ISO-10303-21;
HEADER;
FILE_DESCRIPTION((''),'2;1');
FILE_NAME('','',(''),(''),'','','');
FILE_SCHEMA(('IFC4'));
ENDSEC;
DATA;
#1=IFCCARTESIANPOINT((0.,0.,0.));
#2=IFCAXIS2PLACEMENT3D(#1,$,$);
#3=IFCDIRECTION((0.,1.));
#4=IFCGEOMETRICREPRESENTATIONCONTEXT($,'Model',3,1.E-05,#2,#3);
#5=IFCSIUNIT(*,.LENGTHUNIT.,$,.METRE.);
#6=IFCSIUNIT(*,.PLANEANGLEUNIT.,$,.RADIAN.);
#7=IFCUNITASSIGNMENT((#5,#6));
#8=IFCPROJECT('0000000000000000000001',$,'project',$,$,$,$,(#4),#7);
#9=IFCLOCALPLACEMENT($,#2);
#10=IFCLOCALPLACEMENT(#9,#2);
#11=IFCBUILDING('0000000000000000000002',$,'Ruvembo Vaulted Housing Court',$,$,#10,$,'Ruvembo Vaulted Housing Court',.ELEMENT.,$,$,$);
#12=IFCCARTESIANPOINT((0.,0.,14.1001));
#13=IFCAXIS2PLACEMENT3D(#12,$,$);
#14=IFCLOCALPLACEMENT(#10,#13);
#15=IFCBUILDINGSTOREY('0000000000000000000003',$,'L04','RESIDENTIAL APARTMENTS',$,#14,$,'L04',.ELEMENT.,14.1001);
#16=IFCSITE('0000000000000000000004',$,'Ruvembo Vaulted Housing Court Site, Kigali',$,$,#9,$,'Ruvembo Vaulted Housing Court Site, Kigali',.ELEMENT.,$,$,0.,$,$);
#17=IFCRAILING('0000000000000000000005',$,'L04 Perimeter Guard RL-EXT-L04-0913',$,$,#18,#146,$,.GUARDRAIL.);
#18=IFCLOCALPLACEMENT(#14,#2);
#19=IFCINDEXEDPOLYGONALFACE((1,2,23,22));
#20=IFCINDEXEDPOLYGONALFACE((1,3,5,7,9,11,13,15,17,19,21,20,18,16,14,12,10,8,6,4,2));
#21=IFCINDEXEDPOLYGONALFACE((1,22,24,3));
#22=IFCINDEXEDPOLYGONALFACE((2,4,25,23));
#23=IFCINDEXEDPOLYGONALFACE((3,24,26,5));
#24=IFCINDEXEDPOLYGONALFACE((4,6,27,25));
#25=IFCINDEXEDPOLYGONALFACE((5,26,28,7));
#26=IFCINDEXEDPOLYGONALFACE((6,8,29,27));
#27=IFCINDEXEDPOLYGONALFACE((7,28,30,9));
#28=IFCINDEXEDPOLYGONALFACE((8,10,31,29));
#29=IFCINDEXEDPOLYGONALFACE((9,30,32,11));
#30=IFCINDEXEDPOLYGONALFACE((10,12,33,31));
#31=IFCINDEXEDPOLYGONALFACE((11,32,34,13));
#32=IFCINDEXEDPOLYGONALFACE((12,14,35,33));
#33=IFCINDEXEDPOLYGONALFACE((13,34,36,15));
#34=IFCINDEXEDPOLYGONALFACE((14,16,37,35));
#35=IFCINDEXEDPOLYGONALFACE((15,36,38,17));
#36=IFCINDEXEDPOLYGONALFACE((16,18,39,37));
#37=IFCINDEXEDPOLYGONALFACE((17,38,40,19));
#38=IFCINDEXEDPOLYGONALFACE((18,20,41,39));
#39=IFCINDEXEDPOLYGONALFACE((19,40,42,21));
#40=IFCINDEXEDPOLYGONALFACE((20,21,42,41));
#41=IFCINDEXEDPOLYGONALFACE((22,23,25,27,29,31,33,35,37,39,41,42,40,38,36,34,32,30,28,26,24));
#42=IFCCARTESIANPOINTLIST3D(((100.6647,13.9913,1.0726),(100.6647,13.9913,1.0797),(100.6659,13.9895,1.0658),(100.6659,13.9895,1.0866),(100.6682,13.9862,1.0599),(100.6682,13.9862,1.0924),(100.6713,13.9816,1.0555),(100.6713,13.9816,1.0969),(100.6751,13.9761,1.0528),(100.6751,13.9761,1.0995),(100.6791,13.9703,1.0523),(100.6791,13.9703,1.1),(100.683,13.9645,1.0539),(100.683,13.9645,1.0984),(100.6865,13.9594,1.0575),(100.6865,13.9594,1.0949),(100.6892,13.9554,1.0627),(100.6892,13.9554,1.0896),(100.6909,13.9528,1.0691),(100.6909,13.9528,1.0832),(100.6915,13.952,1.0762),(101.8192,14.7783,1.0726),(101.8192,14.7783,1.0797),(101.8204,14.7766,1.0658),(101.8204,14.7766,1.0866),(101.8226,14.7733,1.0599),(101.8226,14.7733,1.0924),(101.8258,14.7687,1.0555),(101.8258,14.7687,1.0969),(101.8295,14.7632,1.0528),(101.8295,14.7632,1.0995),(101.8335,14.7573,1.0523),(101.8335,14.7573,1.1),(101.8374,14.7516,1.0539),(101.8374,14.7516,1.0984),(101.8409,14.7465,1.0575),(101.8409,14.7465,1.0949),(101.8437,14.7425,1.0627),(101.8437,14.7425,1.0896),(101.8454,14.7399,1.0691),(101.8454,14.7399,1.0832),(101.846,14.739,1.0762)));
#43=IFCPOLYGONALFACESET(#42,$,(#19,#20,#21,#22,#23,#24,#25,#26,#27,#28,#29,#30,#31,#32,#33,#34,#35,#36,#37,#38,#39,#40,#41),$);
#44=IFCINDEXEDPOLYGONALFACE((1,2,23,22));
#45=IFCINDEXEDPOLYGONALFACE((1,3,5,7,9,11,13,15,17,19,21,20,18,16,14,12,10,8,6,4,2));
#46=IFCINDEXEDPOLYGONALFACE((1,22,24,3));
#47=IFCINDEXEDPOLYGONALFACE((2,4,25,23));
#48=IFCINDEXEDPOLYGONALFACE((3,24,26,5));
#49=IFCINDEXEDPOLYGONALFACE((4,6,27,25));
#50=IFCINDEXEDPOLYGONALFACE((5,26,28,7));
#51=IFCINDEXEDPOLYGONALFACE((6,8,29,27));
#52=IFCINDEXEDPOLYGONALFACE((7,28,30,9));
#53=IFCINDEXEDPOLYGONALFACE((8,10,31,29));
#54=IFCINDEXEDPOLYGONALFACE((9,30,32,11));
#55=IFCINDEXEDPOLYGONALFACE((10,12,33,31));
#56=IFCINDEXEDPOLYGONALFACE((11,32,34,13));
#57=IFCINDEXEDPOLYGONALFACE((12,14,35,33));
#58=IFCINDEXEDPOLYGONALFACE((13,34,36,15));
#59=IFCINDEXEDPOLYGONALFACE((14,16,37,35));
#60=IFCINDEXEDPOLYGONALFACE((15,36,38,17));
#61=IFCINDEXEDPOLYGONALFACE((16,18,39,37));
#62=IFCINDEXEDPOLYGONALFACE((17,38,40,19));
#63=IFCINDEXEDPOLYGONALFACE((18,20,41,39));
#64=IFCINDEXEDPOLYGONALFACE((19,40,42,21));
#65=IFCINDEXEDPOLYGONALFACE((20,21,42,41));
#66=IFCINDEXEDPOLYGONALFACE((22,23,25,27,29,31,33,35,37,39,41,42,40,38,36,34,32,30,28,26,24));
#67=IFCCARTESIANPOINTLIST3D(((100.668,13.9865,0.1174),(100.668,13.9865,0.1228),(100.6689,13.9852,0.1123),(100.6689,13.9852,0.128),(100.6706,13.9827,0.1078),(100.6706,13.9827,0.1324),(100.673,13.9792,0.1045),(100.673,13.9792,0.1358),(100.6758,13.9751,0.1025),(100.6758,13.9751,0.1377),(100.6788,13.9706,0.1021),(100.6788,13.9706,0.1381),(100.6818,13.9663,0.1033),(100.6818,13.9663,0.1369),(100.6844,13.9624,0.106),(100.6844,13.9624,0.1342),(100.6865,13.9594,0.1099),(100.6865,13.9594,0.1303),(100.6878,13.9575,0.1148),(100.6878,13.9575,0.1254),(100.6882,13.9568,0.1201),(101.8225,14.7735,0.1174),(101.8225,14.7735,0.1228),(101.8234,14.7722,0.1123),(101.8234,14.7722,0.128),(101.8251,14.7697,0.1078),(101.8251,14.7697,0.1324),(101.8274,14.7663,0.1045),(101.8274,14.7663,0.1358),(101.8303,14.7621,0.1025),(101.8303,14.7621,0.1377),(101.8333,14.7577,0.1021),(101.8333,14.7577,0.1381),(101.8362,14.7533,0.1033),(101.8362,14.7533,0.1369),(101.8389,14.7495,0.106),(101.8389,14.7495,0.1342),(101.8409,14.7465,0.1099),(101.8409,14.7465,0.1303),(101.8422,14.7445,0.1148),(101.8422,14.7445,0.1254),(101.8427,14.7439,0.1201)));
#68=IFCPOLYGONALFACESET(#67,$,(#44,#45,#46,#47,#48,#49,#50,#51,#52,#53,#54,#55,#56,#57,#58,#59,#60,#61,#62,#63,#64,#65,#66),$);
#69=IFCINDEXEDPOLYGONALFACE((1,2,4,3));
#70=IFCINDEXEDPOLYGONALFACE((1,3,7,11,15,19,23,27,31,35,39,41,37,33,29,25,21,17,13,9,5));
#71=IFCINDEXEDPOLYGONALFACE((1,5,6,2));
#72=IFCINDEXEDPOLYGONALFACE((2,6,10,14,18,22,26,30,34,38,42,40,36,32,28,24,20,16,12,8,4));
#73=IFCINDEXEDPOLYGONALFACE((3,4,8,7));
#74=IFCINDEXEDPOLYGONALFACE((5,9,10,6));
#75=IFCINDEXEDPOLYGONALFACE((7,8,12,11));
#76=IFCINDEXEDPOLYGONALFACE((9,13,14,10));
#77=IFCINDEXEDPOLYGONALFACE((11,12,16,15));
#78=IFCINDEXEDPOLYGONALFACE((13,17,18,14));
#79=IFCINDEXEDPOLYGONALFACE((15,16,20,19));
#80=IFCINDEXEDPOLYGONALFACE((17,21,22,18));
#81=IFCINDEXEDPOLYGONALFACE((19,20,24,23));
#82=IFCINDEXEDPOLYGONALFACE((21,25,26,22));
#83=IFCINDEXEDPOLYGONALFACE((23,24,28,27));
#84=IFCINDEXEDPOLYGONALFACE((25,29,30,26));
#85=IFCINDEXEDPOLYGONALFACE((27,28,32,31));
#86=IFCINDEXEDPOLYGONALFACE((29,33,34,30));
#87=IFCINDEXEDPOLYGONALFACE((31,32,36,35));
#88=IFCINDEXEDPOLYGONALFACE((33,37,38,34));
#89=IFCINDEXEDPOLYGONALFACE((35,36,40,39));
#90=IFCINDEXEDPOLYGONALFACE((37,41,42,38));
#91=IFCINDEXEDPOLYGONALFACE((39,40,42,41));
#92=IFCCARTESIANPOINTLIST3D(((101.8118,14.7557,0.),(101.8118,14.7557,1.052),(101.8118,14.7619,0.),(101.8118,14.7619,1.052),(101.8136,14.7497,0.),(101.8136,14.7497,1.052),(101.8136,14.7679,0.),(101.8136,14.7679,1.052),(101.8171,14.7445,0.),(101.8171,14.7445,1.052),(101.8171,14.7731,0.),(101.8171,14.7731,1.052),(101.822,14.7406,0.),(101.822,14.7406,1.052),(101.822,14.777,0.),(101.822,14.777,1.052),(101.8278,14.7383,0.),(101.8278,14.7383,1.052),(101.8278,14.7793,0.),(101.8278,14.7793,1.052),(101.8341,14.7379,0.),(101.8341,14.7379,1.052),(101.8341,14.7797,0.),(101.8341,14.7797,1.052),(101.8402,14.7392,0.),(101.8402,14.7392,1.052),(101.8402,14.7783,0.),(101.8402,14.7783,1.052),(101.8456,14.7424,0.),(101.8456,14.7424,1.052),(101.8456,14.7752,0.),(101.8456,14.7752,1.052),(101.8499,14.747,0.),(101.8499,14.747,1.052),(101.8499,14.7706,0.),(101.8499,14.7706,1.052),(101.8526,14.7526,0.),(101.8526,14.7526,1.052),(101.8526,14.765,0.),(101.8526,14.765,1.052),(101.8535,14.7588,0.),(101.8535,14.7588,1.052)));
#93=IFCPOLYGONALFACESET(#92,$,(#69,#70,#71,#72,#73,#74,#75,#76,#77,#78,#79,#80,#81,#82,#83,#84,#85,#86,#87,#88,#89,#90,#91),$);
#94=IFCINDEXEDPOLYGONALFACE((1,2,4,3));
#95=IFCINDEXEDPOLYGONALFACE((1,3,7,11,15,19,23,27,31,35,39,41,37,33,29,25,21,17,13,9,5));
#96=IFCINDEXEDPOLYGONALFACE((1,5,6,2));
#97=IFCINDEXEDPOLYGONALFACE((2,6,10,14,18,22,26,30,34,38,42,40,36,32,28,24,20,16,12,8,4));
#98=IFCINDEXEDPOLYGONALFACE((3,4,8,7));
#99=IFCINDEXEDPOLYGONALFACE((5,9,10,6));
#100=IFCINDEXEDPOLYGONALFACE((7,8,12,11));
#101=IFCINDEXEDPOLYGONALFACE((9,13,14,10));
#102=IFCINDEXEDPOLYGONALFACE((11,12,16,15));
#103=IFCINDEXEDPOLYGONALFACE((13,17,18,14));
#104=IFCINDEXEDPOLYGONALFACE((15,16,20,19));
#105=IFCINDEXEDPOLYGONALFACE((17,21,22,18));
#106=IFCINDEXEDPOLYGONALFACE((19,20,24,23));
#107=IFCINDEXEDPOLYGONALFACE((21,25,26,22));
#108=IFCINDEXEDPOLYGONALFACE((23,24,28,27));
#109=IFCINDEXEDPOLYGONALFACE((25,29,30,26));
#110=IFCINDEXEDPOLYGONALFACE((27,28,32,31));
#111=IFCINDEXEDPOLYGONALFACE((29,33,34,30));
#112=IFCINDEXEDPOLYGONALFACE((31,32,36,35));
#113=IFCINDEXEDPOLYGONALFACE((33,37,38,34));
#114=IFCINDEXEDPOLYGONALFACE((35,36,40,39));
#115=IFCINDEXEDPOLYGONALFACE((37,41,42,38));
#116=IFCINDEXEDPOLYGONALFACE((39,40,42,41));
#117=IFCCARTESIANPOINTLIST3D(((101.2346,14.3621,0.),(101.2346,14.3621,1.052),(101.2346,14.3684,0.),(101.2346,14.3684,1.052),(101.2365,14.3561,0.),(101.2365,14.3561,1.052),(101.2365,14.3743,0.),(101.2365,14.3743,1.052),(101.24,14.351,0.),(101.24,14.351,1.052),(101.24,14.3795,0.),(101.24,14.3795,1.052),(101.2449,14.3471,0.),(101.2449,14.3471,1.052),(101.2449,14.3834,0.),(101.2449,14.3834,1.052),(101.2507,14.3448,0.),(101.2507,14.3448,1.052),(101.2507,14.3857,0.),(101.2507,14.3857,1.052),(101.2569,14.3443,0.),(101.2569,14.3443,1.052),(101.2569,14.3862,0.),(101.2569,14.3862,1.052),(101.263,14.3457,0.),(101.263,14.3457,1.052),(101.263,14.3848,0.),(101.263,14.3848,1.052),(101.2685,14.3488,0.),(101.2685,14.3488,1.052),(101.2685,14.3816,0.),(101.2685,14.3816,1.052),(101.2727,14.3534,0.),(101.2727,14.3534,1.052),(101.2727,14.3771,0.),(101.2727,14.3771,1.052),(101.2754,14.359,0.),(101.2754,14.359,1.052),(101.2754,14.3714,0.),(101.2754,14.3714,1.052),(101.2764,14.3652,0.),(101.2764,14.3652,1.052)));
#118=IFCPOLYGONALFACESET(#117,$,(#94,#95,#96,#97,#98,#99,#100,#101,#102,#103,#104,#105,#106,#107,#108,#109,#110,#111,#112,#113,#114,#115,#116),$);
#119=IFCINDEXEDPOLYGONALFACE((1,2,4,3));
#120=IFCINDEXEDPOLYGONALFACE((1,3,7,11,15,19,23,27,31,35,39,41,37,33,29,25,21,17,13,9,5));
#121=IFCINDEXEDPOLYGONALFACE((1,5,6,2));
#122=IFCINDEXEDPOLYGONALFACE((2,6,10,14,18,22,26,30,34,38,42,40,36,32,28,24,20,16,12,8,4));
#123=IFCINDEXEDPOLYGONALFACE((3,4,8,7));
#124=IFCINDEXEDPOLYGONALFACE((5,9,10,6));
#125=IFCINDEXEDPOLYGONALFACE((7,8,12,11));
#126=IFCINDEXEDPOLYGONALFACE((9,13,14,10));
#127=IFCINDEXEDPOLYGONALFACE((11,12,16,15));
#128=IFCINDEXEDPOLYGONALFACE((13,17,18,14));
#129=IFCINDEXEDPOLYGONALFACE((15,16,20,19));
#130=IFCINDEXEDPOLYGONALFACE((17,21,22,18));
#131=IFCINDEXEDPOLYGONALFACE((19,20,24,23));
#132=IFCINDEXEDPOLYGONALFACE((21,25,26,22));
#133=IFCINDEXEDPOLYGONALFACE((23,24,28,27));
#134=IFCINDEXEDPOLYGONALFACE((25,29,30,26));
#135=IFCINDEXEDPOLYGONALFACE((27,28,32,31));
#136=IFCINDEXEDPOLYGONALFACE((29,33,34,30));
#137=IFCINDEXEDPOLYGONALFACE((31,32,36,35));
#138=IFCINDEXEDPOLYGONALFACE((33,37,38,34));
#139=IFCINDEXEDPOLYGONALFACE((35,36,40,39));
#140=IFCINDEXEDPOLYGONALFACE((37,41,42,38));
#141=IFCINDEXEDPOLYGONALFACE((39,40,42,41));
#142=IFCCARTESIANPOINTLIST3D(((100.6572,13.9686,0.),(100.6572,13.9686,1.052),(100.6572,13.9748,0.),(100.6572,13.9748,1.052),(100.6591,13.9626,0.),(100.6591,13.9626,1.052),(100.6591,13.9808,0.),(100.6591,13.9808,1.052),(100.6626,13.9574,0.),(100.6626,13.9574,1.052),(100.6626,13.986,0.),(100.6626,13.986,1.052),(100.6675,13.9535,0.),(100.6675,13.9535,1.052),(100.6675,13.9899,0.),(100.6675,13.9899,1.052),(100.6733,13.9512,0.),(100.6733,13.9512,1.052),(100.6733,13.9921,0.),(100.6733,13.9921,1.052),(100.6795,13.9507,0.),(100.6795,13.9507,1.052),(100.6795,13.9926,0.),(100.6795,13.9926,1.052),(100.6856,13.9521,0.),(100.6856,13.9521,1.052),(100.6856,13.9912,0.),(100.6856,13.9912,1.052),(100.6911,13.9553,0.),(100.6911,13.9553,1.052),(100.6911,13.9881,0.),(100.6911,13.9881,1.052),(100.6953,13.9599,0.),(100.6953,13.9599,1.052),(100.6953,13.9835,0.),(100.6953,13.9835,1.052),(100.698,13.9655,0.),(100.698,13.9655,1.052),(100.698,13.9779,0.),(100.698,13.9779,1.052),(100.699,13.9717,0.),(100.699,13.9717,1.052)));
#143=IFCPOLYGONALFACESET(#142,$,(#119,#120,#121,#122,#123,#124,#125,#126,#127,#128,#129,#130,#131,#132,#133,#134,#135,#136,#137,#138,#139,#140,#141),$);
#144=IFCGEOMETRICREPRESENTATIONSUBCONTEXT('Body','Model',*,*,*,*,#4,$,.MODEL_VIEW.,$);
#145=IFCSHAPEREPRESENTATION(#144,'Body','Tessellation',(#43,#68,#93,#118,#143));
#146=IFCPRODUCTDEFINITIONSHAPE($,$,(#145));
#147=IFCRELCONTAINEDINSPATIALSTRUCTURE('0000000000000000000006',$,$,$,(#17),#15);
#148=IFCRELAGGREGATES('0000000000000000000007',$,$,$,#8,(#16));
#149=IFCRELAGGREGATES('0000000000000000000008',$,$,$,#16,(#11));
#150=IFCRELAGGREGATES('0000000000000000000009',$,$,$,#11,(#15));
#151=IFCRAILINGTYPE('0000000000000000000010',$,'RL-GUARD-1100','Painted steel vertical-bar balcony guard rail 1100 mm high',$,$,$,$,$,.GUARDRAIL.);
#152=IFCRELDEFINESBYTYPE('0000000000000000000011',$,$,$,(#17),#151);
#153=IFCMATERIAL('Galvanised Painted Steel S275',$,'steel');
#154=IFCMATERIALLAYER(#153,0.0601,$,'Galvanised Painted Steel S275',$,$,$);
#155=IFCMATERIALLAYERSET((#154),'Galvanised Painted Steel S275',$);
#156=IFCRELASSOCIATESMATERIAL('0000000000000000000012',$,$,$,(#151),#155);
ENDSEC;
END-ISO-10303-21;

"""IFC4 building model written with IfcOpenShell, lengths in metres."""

from ifc_helpers import new_model, si_unit, direction, frame, origin, origin_2d, place, context, subcontext, project, spatial, circle, extrude, material, layer, layer_set, type_object, element, save


model = new_model("IFC4")

# Units and contexts
model_context = context("Model", 3, precision=1e-05, world=origin(), true_north=direction((0.0, 1.0)))
body_context = subcontext(model_context, "Body", "Model", "MODEL_VIEW")
ifc_project = project(units=[si_unit("LENGTHUNIT", "METRE"), si_unit("PLANEANGLEUNIT", "RADIAN")], contexts=[model_context])

# Site, building, storey
site_placement = place(None, origin())
site = spatial("IfcSite", under=ifc_project, at=site_placement, Name="Ruvembo Vaulted Housing Court Site, Kigali", LongName="Ruvembo Vaulted Housing Court Site, Kigali", CompositionType="ELEMENT", RefElevation=0.0)
building_placement = place(site_placement, origin())
building = spatial("IfcBuilding", under=site, at=building_placement, Name="Ruvembo Vaulted Housing Court", LongName="Ruvembo Vaulted Housing Court", CompositionType="ELEMENT")
storey_placement = place(building_placement, frame((0.0, 0.0, 14.1001)))
storey = spatial("IfcBuildingStorey", under=building, at=storey_placement, Name="L04", Description="RESIDENTIAL APARTMENTS", LongName="L04", CompositionType="ELEMENT", Elevation=14.1001)

# Railing
ifc_material_1 = material(Name="Galvanised Painted Steel S275", Category="steel")
ifc_layer_1 = layer(ifc_material_1, 0.0601, Name="Galvanised Painted Steel S275")
ifc_layer_set_1 = layer_set([ifc_layer_1], Name="Galvanised Painted Steel S275")
railing_type_1 = type_object("IfcRailingType", Name="RL-GUARD-1100", Description="Painted steel vertical-bar balcony guard rail 1100 mm high", PredefinedType="GUARDRAIL", material=ifc_layer_set_1)
railing_1_placement = place(storey_placement, frame((101.8325, 14.7588, 0.0)))
element("IfcRailing", 1, at=railing_1_placement, inside=storey, type_object=railing_type_1, Name="L04 Perimeter Guard RL-EXT-L04-0913", PredefinedType="GUARDRAIL", context=body_context, shape_type="SweptSolid", body=[
    extrude(circle(Radius=0.0239, at=origin_2d()), frame((0.0, 0.0, 1.0762), z_axis=(-0.826253, -0.563299, 0.0), x_axis=(0.563299, -0.826253, 0.0)), (0.0, 0.0, 1.0), 1.3972),
    extrude(circle(Radius=0.0181, at=origin_2d()), frame((0.0, 0.0, 0.1201), z_axis=(-0.826253, -0.563299, 0.0), x_axis=(0.563299, -0.826253, 0.0)), (0.0, 0.0, 1.0), 1.3972),
    extrude(circle(Radius=0.021, at=origin_2d()), origin(), (0.0, 0.0, 1.0), 1.052),
    extrude(circle(Radius=0.021, at=origin_2d()), frame((-0.5771, -0.3936, 0.0)), (0.0, 0.0, 1.0), 1.052),
    extrude(circle(Radius=0.021, at=origin_2d()), frame((-1.1545, -0.7871, 0.0)), (0.0, 0.0, 1.0), 1.052),
])

save(model, "model.ifc")
